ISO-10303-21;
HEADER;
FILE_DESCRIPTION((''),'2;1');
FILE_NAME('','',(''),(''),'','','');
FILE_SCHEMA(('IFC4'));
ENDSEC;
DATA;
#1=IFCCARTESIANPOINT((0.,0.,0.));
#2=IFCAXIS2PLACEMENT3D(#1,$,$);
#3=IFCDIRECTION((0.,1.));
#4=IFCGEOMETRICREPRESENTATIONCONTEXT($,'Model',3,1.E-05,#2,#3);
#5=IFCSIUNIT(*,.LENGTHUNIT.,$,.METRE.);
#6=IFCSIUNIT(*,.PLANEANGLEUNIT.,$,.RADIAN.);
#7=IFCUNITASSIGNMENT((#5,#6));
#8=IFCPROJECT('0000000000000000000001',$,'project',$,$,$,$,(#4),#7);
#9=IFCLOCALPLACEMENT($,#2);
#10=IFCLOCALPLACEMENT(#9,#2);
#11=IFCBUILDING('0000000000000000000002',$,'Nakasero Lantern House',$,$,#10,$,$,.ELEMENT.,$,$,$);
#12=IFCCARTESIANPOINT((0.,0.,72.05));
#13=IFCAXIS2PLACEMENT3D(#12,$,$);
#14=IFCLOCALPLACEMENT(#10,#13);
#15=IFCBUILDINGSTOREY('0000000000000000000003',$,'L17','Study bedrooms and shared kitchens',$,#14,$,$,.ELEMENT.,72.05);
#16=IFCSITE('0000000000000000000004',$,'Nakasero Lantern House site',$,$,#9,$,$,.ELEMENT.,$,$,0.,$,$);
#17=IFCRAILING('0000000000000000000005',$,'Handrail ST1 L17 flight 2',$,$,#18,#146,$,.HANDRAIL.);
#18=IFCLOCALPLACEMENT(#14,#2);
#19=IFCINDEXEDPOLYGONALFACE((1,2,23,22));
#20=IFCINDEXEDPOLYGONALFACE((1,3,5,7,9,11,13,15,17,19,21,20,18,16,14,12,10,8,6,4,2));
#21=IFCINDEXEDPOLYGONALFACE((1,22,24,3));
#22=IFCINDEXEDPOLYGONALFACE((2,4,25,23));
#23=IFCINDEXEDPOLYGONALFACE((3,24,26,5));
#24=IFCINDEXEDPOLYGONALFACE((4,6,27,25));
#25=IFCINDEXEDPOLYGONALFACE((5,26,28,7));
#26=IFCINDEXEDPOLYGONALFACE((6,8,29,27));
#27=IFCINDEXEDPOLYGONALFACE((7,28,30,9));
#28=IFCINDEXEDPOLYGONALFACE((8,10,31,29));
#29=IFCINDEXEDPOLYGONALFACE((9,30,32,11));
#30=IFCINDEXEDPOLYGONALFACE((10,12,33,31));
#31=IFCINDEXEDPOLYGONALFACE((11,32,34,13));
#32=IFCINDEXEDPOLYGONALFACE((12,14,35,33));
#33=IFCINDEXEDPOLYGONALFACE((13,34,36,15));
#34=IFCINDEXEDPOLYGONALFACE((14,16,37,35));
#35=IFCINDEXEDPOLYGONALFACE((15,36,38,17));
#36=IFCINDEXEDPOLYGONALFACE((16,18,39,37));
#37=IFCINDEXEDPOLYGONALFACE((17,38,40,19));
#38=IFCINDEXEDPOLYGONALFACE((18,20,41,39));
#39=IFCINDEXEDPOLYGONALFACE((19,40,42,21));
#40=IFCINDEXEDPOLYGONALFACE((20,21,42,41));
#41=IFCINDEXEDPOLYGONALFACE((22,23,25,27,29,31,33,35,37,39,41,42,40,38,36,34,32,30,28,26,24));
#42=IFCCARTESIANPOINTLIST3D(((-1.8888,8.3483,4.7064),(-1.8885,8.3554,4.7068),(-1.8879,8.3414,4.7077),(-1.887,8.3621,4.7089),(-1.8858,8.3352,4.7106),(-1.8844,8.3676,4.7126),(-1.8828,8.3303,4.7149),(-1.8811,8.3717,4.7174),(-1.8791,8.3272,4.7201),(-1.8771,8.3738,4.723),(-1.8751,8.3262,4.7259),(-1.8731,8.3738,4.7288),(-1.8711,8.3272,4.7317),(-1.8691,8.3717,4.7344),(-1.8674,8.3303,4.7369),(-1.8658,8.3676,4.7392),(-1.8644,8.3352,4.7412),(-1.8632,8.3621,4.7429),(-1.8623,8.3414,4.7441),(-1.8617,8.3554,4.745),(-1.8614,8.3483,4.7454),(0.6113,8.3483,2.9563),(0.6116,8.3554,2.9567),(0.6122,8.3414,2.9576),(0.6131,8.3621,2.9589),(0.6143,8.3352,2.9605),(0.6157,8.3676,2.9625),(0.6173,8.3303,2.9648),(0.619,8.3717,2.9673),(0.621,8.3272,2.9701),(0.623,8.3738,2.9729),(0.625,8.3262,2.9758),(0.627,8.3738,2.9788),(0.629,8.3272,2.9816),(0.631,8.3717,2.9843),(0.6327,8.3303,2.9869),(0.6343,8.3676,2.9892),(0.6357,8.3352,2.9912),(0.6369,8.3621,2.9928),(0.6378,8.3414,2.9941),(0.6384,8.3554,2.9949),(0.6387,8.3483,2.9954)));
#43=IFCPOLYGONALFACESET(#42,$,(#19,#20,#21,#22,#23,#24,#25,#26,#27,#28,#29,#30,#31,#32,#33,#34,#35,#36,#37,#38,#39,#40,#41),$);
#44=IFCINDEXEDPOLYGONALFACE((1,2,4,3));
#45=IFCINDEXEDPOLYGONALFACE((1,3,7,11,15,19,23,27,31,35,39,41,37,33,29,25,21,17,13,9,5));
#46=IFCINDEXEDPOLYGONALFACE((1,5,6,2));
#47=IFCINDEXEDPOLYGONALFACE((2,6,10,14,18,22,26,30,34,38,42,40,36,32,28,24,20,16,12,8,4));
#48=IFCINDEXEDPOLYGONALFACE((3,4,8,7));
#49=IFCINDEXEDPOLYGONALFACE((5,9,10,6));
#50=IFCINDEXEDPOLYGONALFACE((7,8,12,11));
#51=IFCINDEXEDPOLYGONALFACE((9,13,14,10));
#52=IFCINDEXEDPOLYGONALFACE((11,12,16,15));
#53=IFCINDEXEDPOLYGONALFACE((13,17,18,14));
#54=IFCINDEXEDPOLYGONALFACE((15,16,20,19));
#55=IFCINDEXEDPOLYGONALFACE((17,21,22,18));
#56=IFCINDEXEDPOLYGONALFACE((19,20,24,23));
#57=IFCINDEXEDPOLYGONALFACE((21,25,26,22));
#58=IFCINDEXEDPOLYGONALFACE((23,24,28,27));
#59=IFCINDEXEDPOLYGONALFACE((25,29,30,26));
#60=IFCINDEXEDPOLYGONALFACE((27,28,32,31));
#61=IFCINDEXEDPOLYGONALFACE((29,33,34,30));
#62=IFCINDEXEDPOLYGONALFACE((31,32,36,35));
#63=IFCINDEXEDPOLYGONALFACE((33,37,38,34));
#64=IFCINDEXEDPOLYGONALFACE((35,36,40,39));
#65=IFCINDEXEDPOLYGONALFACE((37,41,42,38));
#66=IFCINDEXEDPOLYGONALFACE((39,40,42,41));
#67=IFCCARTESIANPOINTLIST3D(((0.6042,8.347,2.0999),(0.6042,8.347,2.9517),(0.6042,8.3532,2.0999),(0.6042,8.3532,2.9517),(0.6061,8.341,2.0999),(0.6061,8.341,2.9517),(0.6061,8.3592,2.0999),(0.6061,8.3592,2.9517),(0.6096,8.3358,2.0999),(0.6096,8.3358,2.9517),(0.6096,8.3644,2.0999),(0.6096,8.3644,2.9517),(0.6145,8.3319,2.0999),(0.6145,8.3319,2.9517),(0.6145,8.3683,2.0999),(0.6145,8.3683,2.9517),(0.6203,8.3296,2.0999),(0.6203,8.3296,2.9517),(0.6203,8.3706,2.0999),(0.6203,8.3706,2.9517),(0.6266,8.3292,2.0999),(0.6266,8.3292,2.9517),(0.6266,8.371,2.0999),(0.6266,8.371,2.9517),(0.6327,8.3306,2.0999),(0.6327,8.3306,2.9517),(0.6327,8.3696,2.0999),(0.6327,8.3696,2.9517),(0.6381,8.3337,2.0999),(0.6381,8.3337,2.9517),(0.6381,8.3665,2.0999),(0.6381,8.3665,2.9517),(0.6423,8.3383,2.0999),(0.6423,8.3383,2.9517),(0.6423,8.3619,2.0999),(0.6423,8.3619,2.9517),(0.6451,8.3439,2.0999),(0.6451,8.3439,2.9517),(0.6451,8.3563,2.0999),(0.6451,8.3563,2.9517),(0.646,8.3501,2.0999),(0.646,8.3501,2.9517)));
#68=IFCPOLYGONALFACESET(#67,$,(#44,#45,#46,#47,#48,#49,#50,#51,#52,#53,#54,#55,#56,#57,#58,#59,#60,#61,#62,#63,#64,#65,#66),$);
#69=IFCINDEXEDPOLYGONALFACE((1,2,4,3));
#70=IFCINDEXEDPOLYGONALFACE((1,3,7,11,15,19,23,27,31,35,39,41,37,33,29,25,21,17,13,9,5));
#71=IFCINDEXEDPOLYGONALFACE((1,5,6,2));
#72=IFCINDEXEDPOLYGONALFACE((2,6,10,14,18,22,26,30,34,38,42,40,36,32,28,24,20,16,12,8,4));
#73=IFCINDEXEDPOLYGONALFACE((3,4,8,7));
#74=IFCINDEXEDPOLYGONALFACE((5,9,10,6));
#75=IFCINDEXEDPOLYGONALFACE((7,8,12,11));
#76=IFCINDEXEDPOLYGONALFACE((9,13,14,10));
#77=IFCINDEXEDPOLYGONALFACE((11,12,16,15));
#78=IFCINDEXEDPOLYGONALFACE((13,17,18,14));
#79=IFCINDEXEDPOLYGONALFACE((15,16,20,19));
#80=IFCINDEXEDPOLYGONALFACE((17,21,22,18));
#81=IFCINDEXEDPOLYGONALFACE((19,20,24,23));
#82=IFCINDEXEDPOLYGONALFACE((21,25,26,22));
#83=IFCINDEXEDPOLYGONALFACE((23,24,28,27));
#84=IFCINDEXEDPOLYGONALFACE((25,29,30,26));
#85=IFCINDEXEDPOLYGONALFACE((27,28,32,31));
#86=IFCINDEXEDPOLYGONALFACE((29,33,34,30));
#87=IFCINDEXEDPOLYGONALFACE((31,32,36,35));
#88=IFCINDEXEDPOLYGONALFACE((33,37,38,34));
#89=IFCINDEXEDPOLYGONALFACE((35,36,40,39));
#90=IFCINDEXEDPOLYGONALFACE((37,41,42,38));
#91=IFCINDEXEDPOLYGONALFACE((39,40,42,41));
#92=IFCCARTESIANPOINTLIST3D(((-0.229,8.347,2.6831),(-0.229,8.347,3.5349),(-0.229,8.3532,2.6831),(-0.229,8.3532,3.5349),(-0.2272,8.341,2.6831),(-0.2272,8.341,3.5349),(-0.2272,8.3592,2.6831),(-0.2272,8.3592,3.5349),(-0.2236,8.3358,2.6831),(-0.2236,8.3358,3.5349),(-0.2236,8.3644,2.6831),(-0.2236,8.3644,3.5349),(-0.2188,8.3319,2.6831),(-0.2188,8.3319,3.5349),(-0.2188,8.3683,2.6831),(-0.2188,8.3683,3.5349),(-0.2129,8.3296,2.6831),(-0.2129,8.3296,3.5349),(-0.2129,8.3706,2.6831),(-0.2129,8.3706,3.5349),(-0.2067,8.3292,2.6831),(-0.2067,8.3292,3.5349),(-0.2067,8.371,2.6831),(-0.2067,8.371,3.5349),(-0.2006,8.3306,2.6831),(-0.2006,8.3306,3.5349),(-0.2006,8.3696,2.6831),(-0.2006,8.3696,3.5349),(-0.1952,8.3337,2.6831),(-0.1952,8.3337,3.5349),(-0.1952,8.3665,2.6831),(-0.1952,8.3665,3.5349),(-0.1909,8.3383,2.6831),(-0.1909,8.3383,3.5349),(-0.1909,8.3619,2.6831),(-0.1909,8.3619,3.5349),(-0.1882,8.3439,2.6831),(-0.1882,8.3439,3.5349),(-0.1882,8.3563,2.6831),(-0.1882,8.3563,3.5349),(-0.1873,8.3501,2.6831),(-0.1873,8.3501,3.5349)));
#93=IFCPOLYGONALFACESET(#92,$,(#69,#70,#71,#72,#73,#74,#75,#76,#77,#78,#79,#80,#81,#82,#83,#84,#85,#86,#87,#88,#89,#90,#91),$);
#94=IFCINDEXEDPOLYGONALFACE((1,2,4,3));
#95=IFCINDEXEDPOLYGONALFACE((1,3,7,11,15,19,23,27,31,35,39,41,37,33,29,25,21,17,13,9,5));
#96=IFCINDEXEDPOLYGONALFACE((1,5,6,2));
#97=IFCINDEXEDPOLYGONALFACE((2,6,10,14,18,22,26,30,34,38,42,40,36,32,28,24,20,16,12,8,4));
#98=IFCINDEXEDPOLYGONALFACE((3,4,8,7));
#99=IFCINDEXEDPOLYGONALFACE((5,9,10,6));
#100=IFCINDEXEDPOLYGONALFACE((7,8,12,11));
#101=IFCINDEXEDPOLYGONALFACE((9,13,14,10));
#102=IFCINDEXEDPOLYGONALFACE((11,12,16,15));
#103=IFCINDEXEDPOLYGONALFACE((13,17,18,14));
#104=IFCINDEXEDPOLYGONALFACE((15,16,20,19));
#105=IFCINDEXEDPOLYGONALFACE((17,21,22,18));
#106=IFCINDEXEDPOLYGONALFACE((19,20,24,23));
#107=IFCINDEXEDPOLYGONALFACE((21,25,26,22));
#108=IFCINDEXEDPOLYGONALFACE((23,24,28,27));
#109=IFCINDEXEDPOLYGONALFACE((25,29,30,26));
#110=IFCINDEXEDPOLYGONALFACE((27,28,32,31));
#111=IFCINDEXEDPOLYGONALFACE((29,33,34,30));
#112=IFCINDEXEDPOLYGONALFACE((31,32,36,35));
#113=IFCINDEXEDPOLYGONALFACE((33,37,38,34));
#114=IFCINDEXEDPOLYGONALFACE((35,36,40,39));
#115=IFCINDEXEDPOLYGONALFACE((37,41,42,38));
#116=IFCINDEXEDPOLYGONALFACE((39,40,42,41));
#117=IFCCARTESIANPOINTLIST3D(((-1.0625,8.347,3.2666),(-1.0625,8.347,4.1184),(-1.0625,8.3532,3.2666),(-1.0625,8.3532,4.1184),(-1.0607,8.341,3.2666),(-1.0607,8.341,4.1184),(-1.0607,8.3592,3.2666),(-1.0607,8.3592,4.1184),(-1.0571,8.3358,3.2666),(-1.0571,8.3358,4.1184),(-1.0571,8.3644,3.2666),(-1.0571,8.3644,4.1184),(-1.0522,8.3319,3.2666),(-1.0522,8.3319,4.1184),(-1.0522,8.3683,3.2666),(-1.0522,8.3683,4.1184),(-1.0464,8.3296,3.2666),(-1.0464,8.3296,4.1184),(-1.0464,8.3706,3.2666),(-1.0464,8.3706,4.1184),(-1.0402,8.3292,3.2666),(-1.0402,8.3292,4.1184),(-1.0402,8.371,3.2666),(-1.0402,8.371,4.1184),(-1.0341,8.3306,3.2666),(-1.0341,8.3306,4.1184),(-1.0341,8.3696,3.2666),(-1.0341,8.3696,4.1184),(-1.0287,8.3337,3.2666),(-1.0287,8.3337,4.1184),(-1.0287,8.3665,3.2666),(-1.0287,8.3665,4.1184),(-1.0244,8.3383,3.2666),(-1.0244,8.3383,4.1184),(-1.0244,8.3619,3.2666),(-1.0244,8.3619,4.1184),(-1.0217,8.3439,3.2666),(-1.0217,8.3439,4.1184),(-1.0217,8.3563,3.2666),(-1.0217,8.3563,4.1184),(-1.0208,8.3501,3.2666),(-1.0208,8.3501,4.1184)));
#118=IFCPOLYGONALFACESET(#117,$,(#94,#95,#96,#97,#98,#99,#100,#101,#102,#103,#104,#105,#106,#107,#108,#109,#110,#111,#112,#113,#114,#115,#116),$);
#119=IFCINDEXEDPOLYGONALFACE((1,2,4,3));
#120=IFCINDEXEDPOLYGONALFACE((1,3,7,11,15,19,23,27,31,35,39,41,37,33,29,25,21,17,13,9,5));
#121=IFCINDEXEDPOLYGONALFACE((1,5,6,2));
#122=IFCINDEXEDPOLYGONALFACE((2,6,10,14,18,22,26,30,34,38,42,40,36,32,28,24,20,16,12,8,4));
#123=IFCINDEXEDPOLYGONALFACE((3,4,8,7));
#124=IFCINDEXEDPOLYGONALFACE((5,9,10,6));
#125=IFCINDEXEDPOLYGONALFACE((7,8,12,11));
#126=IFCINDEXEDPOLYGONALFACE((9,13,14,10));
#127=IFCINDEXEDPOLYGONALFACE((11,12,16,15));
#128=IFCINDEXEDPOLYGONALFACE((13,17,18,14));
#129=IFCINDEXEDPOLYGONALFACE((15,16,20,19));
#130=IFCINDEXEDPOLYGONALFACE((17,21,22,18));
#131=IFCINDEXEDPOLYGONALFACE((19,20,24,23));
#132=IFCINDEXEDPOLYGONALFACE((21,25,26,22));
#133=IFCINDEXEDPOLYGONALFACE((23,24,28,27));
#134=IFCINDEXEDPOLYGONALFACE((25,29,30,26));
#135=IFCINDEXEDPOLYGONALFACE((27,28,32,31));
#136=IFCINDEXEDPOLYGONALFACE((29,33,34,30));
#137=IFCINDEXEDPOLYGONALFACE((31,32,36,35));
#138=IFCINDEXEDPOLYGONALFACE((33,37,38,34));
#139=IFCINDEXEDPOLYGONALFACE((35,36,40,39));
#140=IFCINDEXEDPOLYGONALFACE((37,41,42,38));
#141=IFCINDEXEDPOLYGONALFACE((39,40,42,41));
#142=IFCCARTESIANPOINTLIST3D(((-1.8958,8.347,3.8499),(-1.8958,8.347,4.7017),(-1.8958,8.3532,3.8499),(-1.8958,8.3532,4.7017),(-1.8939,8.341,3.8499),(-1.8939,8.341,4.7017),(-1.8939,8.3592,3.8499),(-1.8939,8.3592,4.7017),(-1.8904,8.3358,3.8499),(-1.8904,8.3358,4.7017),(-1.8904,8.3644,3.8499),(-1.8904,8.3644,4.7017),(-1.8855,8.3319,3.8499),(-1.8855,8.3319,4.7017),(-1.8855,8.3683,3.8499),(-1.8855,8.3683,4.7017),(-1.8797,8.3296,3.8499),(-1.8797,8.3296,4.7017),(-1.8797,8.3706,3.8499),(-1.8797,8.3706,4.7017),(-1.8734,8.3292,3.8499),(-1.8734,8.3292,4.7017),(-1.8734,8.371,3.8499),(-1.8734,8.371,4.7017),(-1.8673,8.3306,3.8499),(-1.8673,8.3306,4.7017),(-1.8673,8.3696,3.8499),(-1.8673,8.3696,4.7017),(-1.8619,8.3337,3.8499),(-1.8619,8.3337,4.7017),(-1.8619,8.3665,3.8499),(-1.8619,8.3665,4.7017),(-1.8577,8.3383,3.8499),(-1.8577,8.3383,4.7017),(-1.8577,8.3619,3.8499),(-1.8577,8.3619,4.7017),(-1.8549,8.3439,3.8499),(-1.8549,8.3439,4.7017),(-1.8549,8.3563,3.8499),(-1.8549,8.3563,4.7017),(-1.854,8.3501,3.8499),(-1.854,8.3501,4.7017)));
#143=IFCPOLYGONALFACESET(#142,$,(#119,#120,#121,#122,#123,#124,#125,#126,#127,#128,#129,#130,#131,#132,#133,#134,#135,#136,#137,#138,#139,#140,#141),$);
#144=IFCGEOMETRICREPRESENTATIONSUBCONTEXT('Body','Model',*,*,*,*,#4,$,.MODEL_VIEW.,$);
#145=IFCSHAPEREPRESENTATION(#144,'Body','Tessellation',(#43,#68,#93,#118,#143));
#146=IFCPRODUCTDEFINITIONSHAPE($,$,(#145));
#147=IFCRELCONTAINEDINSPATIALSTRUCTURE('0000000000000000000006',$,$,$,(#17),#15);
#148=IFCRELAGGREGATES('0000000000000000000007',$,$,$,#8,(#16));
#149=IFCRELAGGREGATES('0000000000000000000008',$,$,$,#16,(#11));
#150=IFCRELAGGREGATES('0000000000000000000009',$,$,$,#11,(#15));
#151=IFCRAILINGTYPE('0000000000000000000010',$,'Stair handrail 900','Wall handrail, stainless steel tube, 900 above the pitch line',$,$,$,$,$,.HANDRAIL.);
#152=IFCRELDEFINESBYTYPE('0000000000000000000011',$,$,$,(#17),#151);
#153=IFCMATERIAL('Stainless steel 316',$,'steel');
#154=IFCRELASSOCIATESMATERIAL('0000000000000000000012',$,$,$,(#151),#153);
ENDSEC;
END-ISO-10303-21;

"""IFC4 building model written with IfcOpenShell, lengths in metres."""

from ifc_helpers import new_model, si_unit, direction, frame, origin, origin_2d, place, context, subcontext, project, spatial, circle, extrude, material, type_object, element, save


model = new_model("IFC4")

# Units and contexts
model_context = context("Model", 3, precision=1e-05, world=origin(), true_north=direction((0.0, 1.0)))
body_context = subcontext(model_context, "Body", "Model", "MODEL_VIEW")
ifc_project = project(units=[si_unit("LENGTHUNIT", "METRE"), si_unit("PLANEANGLEUNIT", "RADIAN")], contexts=[model_context])

# Site, building, storey
site_placement = place(None, origin())
site = spatial("IfcSite", under=ifc_project, at=site_placement, Name="Nakasero Lantern House site", CompositionType="ELEMENT", RefElevation=0.0)
building_placement = place(site_placement, origin())
building = spatial("IfcBuilding", under=site, at=building_placement, Name="Nakasero Lantern House", CompositionType="ELEMENT")
storey_placement = place(building_placement, frame((0.0, 0.0, 72.05)))
storey = spatial("IfcBuildingStorey", under=building, at=storey_placement, Name="L17", Description="Study bedrooms and shared kitchens", CompositionType="ELEMENT", Elevation=72.05)

# Railing
ifc_material_1 = material(Name="Stainless steel 316", Category="steel")
railing_type = type_object("IfcRailingType", Name="Stair handrail 900", Description="Wall handrail, stainless steel tube, 900 above the pitch line", PredefinedType="HANDRAIL", material=ifc_material_1)
railing_placement = place(storey_placement, frame((0.625, 8.3501, 2.0999)))
element("IfcRailing", 1, at=railing_placement, inside=storey, type_object=railing_type, Name="Handrail ST1 L17 flight 2", PredefinedType="HANDRAIL", context=body_context, shape_type="SweptSolid", body=[
    extrude(circle(Radius=0.0239, at=origin_2d()), frame((0.0, 0.0, 0.876), z_axis=(-0.819232, 0.0, 0.573462), x_axis=(0.0, -1.0, 0.0)), (0.0, 0.0, 1.0), 3.0518),
    extrude(circle(Radius=0.021, at=origin_2d()), origin(), (0.0, 0.0, 1.0), 0.8518),
    extrude(circle(Radius=0.021, at=origin_2d()), frame((-0.8333, 0.0, 0.5833)), (0.0, 0.0, 1.0), 0.8518),
    extrude(circle(Radius=0.021, at=origin_2d()), frame((-1.6667, 0.0, 1.1667)), (0.0, 0.0, 1.0), 0.8518),
    extrude(circle(Radius=0.021, at=origin_2d()), frame((-2.5, 0.0, 1.75)), (0.0, 0.0, 1.0), 0.8518),
])

save(model, "model.ifc")
